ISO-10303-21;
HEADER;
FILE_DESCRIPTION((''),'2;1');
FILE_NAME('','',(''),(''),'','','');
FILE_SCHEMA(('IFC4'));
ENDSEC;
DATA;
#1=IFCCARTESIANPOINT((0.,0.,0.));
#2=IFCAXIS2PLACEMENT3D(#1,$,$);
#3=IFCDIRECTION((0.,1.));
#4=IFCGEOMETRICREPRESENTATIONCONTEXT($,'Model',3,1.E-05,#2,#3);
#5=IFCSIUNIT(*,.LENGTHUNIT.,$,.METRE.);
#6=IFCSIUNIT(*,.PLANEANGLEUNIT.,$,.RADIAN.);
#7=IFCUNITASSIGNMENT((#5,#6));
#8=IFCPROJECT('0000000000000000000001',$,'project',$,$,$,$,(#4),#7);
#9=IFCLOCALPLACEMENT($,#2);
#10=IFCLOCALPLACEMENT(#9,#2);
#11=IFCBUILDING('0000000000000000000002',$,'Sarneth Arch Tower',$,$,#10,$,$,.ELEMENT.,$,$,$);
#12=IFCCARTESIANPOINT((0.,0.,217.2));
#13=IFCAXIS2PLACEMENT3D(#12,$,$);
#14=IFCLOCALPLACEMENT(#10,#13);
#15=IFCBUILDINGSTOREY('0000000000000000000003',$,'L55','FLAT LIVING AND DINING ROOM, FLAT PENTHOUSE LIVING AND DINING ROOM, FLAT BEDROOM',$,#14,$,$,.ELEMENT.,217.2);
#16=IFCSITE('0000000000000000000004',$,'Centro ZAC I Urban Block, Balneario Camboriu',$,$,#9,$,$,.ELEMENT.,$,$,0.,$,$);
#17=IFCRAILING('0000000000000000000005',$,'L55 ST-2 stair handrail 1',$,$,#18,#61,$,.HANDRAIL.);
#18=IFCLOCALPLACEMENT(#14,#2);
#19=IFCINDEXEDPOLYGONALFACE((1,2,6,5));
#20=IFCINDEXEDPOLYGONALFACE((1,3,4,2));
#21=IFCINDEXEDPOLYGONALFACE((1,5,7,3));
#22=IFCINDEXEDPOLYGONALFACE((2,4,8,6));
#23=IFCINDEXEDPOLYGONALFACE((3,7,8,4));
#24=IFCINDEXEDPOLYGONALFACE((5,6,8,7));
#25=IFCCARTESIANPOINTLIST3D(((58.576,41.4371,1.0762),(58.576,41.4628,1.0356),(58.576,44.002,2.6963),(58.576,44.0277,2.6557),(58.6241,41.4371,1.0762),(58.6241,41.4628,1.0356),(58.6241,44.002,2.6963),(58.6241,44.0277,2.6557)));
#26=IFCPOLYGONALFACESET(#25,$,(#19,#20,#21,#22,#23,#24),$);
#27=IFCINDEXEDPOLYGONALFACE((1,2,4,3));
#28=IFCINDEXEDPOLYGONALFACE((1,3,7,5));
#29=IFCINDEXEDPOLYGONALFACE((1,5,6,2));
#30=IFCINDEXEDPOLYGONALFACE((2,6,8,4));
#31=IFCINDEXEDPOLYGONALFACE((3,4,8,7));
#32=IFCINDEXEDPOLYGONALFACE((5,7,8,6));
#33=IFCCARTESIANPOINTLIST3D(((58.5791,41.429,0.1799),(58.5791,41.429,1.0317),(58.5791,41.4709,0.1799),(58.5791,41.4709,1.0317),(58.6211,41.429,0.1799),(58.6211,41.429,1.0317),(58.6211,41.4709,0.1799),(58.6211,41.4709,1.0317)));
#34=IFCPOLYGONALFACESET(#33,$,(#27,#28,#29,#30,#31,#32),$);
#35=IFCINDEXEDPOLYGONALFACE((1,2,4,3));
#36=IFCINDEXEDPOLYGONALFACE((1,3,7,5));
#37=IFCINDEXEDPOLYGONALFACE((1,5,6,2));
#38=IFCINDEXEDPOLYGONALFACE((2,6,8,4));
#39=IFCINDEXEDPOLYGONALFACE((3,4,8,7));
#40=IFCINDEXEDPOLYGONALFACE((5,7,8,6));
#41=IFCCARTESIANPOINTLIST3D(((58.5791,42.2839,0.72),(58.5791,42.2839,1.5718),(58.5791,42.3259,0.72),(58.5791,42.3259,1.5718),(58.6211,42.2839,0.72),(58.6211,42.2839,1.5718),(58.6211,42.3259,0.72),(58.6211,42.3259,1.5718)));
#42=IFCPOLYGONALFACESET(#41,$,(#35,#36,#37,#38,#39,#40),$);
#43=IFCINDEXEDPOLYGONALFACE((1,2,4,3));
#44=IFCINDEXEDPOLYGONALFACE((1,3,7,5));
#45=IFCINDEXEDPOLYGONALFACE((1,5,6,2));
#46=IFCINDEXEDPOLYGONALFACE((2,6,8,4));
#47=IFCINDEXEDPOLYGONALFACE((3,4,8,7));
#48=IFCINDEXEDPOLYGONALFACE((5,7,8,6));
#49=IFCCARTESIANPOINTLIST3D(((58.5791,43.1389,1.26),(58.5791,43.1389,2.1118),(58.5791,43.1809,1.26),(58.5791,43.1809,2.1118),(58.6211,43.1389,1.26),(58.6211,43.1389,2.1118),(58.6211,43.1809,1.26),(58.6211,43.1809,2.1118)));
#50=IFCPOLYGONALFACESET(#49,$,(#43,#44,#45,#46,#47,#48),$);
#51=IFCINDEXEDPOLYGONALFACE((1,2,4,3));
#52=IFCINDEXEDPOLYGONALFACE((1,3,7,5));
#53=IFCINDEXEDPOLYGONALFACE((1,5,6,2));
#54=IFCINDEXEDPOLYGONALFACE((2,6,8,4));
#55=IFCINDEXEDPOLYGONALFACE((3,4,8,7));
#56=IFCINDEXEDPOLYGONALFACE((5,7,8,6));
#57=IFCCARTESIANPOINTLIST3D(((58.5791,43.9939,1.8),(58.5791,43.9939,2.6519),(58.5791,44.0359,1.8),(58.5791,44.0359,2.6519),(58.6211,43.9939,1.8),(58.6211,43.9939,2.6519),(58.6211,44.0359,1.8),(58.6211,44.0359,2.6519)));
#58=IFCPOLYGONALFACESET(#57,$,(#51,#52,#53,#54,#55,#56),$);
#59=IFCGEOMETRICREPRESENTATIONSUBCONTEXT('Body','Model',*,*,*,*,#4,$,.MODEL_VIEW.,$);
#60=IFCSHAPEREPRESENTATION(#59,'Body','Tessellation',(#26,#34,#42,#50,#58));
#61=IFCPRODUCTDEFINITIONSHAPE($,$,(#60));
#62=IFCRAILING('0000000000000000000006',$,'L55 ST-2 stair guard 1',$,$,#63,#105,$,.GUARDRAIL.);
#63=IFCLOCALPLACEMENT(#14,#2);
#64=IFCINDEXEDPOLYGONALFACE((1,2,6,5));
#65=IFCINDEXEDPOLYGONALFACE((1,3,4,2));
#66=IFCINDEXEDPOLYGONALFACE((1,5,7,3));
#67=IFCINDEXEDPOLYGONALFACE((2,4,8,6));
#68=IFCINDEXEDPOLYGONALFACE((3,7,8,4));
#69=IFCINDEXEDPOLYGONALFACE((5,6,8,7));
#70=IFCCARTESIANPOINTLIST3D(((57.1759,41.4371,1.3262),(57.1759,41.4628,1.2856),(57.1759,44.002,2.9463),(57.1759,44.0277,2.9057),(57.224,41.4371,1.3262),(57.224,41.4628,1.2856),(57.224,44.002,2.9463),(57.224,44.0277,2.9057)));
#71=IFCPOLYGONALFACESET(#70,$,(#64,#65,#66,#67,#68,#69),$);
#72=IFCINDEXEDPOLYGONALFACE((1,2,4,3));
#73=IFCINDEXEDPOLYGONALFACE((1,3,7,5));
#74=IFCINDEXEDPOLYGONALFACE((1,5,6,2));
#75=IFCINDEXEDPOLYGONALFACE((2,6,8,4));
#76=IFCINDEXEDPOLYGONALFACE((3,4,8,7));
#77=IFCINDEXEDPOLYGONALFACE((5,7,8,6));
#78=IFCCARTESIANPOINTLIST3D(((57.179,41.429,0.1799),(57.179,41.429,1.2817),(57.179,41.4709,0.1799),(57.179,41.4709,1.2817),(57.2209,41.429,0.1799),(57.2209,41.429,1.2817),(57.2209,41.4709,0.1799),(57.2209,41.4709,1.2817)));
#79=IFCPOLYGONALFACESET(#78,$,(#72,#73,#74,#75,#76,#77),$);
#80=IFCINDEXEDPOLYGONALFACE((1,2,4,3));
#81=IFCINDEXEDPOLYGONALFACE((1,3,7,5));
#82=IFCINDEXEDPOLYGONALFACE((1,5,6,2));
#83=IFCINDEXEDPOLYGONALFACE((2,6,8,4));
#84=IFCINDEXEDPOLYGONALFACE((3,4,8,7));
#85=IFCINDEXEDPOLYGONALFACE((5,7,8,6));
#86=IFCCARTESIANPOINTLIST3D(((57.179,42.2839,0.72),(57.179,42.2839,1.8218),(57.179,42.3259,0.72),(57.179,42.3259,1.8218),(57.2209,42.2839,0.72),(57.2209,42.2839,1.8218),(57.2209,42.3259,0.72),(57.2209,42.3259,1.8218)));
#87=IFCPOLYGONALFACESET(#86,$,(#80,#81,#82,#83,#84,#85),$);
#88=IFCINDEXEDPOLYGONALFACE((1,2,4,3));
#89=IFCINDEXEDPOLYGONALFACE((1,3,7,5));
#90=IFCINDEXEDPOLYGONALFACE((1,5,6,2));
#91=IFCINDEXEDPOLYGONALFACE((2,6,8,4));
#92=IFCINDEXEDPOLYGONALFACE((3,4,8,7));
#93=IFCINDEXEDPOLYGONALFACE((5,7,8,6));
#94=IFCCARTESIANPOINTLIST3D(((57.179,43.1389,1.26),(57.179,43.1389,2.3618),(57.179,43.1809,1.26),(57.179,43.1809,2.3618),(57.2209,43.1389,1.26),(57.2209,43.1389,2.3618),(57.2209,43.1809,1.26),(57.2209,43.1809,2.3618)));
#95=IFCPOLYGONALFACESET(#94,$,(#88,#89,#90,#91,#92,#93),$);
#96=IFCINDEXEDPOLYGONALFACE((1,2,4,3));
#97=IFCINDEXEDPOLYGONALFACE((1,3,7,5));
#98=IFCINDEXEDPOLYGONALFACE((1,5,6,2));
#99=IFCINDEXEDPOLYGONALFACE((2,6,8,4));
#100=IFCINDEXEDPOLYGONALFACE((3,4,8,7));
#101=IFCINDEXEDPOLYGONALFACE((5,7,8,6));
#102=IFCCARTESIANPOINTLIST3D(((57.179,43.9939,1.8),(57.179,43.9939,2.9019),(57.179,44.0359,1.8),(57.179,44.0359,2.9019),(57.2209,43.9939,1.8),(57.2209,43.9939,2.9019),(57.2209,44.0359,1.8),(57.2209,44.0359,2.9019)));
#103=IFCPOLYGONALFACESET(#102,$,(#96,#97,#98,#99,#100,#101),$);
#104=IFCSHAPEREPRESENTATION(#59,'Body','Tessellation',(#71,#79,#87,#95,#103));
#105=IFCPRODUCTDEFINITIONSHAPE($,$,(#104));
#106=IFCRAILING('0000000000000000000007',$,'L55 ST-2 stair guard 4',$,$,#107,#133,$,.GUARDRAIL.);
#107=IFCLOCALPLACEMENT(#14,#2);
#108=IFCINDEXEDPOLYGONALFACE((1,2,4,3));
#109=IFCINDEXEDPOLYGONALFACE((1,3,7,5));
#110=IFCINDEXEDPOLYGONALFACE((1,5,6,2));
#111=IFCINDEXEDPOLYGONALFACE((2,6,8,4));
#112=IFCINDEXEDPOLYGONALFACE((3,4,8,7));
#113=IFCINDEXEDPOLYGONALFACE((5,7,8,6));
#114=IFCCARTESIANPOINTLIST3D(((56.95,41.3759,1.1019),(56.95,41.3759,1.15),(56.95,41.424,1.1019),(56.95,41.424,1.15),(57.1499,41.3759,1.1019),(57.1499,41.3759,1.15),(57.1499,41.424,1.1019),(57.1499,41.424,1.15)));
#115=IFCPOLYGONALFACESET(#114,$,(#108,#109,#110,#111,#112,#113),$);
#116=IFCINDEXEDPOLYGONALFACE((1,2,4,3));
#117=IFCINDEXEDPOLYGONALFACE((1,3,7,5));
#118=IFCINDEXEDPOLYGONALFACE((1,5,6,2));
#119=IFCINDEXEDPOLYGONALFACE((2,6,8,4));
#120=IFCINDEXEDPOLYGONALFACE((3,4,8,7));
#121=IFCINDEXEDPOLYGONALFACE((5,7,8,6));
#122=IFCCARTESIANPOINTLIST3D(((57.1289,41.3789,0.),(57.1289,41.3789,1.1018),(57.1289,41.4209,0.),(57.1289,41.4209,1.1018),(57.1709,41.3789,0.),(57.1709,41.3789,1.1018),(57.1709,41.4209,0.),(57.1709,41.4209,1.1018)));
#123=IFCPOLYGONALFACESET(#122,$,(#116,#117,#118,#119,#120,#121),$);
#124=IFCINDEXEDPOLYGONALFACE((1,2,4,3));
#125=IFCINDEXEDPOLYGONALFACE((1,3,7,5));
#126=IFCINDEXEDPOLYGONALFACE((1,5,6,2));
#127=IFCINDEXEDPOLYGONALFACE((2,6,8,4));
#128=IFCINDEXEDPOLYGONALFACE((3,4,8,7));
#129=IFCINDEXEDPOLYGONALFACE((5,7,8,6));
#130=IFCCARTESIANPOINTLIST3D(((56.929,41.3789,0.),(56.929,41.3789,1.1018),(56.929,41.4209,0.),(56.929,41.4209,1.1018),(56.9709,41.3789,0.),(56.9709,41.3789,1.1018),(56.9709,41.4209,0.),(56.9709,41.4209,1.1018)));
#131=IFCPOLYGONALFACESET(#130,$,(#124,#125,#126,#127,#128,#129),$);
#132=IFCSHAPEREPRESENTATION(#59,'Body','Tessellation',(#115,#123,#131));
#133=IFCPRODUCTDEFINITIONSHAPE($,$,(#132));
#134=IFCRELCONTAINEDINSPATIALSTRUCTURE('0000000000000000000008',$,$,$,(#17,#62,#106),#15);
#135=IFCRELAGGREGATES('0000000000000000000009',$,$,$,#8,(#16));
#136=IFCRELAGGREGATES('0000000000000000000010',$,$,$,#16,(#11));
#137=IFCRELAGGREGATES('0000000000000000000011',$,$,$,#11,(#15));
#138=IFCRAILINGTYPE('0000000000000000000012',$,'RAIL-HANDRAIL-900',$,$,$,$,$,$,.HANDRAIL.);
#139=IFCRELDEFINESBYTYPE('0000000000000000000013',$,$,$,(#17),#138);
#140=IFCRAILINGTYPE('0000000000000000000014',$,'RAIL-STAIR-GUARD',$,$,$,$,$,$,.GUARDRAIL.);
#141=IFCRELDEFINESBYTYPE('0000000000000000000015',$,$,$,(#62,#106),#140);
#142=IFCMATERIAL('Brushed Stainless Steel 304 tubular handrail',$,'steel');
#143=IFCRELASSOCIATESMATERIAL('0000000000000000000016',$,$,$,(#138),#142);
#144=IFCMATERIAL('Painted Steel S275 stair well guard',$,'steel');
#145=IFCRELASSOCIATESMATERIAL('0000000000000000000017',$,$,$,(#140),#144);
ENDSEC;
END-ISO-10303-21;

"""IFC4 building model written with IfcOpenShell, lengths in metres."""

from ifc_helpers import new_model, si_unit, direction, frame, origin, origin_2d, place, context, subcontext, project, spatial, rectangle, extrude, material, type_object, element, save


model = new_model("IFC4")

# Units and contexts
model_context = context("Model", 3, precision=1e-05, world=origin(), true_north=direction((0.0, 1.0)))
body_context = subcontext(model_context, "Body", "Model", "MODEL_VIEW")
ifc_project = project(units=[si_unit("LENGTHUNIT", "METRE"), si_unit("PLANEANGLEUNIT", "RADIAN")], contexts=[model_context])

# Site, building, storey
site_placement = place(None, origin())
site = spatial("IfcSite", under=ifc_project, at=site_placement, Name="Centro ZAC I Urban Block, Balneario Camboriu", CompositionType="ELEMENT", RefElevation=0.0)
building_placement = place(site_placement, origin())
building = spatial("IfcBuilding", under=site, at=building_placement, Name="Sarneth Arch Tower", CompositionType="ELEMENT")
storey_placement = place(building_placement, frame((0.0, 0.0, 217.2)))
storey = spatial("IfcBuildingStorey", under=building, at=storey_placement, Name="L55", Description="FLAT LIVING AND DINING ROOM, FLAT PENTHOUSE LIVING AND DINING ROOM, FLAT BEDROOM", CompositionType="ELEMENT", Elevation=217.2)

# Railings
ifc_material_1 = material(Name="Brushed Stainless Steel 304 tubular handrail", Category="steel")
railing_type_1 = type_object("IfcRailingType", Name="RAIL-HANDRAIL-900", PredefinedType="HANDRAIL", material=ifc_material_1)
railing_1_placement = place(storey_placement, frame((58.6001, 41.45, 0.1799)))
element("IfcRailing", 1, at=railing_1_placement, inside=storey, type_object=railing_type_1, Name="L55 ST-2 stair handrail 1", PredefinedType="HANDRAIL", context=body_context, shape_type="SweptSolid", body=[
    extrude(rectangle(XDim=0.0481, YDim=0.0481, at=origin_2d()), frame((0.0, 0.0, 0.876), z_axis=(0.0, 0.845466, 0.534029), x_axis=(-1.0, 0.0, 0.0)), (0.0, 0.0, 1.0), 3.0337),
    extrude(rectangle(XDim=0.042, YDim=0.042, at=origin_2d()), origin(), (0.0, 0.0, 1.0), 0.8518),
    extrude(rectangle(XDim=0.042, YDim=0.042, at=origin_2d()), frame((0.0, 0.855, 0.54)), (0.0, 0.0, 1.0), 0.8518),
    extrude(rectangle(XDim=0.042, YDim=0.042, at=origin_2d()), frame((0.0, 1.71, 1.0801)), (0.0, 0.0, 1.0), 0.8518),
    extrude(rectangle(XDim=0.042, YDim=0.042, at=origin_2d()), frame((0.0, 2.5649, 1.6201)), (0.0, 0.0, 1.0), 0.8518),
])
ifc_material_2 = material(Name="Painted Steel S275 stair well guard", Category="steel")
railing_type_2 = type_object("IfcRailingType", Name="RAIL-STAIR-GUARD", PredefinedType="GUARDRAIL", material=ifc_material_2)
railing_2_placement = place(storey_placement, frame((57.2, 41.45, 0.1799)))
element("IfcRailing", 2, at=railing_2_placement, inside=storey, type_object=railing_type_2, Name="L55 ST-2 stair guard 1", PredefinedType="GUARDRAIL", context=body_context, shape_type="SweptSolid", body=[
    extrude(rectangle(XDim=0.0481, YDim=0.0481, at=origin_2d()), frame((0.0, 0.0, 1.126), z_axis=(0.0, 0.845466, 0.534029), x_axis=(-1.0, 0.0, 0.0)), (0.0, 0.0, 1.0), 3.0337),
    extrude(rectangle(XDim=0.042, YDim=0.042, at=origin_2d()), origin(), (0.0, 0.0, 1.0), 1.1018),
    extrude(rectangle(XDim=0.042, YDim=0.042, at=origin_2d()), frame((0.0, 0.855, 0.54)), (0.0, 0.0, 1.0), 1.1018),
    extrude(rectangle(XDim=0.042, YDim=0.042, at=origin_2d()), frame((0.0, 1.71, 1.0801)), (0.0, 0.0, 1.0), 1.1018),
    extrude(rectangle(XDim=0.042, YDim=0.042, at=origin_2d()), frame((0.0, 2.5649, 1.6201)), (0.0, 0.0, 1.0), 1.1018),
])
railing_3_placement = place(storey_placement, frame((57.1499, 41.3999, 0.0)))
element("IfcRailing", 3, at=railing_3_placement, inside=storey, type_object=railing_type_2, Name="L55 ST-2 stair guard 4", PredefinedType="GUARDRAIL", context=body_context, shape_type="SweptSolid", body=[
    extrude(rectangle(XDim=0.0481, YDim=0.0481, at=origin_2d()), frame((0.0, 0.0, 1.126), z_axis=(-1.0, 0.0, 0.0), x_axis=(0.0, -1.0, 0.0)), (0.0, 0.0, 1.0), 0.2),
    extrude(rectangle(XDim=0.042, YDim=0.042, at=origin_2d()), origin(), (0.0, 0.0, 1.0), 1.1018),
    extrude(rectangle(XDim=0.042, YDim=0.042, at=origin_2d()), frame((-0.2, 0.0, 0.0)), (0.0, 0.0, 1.0), 1.1018),
])

save(model, "model.ifc")
